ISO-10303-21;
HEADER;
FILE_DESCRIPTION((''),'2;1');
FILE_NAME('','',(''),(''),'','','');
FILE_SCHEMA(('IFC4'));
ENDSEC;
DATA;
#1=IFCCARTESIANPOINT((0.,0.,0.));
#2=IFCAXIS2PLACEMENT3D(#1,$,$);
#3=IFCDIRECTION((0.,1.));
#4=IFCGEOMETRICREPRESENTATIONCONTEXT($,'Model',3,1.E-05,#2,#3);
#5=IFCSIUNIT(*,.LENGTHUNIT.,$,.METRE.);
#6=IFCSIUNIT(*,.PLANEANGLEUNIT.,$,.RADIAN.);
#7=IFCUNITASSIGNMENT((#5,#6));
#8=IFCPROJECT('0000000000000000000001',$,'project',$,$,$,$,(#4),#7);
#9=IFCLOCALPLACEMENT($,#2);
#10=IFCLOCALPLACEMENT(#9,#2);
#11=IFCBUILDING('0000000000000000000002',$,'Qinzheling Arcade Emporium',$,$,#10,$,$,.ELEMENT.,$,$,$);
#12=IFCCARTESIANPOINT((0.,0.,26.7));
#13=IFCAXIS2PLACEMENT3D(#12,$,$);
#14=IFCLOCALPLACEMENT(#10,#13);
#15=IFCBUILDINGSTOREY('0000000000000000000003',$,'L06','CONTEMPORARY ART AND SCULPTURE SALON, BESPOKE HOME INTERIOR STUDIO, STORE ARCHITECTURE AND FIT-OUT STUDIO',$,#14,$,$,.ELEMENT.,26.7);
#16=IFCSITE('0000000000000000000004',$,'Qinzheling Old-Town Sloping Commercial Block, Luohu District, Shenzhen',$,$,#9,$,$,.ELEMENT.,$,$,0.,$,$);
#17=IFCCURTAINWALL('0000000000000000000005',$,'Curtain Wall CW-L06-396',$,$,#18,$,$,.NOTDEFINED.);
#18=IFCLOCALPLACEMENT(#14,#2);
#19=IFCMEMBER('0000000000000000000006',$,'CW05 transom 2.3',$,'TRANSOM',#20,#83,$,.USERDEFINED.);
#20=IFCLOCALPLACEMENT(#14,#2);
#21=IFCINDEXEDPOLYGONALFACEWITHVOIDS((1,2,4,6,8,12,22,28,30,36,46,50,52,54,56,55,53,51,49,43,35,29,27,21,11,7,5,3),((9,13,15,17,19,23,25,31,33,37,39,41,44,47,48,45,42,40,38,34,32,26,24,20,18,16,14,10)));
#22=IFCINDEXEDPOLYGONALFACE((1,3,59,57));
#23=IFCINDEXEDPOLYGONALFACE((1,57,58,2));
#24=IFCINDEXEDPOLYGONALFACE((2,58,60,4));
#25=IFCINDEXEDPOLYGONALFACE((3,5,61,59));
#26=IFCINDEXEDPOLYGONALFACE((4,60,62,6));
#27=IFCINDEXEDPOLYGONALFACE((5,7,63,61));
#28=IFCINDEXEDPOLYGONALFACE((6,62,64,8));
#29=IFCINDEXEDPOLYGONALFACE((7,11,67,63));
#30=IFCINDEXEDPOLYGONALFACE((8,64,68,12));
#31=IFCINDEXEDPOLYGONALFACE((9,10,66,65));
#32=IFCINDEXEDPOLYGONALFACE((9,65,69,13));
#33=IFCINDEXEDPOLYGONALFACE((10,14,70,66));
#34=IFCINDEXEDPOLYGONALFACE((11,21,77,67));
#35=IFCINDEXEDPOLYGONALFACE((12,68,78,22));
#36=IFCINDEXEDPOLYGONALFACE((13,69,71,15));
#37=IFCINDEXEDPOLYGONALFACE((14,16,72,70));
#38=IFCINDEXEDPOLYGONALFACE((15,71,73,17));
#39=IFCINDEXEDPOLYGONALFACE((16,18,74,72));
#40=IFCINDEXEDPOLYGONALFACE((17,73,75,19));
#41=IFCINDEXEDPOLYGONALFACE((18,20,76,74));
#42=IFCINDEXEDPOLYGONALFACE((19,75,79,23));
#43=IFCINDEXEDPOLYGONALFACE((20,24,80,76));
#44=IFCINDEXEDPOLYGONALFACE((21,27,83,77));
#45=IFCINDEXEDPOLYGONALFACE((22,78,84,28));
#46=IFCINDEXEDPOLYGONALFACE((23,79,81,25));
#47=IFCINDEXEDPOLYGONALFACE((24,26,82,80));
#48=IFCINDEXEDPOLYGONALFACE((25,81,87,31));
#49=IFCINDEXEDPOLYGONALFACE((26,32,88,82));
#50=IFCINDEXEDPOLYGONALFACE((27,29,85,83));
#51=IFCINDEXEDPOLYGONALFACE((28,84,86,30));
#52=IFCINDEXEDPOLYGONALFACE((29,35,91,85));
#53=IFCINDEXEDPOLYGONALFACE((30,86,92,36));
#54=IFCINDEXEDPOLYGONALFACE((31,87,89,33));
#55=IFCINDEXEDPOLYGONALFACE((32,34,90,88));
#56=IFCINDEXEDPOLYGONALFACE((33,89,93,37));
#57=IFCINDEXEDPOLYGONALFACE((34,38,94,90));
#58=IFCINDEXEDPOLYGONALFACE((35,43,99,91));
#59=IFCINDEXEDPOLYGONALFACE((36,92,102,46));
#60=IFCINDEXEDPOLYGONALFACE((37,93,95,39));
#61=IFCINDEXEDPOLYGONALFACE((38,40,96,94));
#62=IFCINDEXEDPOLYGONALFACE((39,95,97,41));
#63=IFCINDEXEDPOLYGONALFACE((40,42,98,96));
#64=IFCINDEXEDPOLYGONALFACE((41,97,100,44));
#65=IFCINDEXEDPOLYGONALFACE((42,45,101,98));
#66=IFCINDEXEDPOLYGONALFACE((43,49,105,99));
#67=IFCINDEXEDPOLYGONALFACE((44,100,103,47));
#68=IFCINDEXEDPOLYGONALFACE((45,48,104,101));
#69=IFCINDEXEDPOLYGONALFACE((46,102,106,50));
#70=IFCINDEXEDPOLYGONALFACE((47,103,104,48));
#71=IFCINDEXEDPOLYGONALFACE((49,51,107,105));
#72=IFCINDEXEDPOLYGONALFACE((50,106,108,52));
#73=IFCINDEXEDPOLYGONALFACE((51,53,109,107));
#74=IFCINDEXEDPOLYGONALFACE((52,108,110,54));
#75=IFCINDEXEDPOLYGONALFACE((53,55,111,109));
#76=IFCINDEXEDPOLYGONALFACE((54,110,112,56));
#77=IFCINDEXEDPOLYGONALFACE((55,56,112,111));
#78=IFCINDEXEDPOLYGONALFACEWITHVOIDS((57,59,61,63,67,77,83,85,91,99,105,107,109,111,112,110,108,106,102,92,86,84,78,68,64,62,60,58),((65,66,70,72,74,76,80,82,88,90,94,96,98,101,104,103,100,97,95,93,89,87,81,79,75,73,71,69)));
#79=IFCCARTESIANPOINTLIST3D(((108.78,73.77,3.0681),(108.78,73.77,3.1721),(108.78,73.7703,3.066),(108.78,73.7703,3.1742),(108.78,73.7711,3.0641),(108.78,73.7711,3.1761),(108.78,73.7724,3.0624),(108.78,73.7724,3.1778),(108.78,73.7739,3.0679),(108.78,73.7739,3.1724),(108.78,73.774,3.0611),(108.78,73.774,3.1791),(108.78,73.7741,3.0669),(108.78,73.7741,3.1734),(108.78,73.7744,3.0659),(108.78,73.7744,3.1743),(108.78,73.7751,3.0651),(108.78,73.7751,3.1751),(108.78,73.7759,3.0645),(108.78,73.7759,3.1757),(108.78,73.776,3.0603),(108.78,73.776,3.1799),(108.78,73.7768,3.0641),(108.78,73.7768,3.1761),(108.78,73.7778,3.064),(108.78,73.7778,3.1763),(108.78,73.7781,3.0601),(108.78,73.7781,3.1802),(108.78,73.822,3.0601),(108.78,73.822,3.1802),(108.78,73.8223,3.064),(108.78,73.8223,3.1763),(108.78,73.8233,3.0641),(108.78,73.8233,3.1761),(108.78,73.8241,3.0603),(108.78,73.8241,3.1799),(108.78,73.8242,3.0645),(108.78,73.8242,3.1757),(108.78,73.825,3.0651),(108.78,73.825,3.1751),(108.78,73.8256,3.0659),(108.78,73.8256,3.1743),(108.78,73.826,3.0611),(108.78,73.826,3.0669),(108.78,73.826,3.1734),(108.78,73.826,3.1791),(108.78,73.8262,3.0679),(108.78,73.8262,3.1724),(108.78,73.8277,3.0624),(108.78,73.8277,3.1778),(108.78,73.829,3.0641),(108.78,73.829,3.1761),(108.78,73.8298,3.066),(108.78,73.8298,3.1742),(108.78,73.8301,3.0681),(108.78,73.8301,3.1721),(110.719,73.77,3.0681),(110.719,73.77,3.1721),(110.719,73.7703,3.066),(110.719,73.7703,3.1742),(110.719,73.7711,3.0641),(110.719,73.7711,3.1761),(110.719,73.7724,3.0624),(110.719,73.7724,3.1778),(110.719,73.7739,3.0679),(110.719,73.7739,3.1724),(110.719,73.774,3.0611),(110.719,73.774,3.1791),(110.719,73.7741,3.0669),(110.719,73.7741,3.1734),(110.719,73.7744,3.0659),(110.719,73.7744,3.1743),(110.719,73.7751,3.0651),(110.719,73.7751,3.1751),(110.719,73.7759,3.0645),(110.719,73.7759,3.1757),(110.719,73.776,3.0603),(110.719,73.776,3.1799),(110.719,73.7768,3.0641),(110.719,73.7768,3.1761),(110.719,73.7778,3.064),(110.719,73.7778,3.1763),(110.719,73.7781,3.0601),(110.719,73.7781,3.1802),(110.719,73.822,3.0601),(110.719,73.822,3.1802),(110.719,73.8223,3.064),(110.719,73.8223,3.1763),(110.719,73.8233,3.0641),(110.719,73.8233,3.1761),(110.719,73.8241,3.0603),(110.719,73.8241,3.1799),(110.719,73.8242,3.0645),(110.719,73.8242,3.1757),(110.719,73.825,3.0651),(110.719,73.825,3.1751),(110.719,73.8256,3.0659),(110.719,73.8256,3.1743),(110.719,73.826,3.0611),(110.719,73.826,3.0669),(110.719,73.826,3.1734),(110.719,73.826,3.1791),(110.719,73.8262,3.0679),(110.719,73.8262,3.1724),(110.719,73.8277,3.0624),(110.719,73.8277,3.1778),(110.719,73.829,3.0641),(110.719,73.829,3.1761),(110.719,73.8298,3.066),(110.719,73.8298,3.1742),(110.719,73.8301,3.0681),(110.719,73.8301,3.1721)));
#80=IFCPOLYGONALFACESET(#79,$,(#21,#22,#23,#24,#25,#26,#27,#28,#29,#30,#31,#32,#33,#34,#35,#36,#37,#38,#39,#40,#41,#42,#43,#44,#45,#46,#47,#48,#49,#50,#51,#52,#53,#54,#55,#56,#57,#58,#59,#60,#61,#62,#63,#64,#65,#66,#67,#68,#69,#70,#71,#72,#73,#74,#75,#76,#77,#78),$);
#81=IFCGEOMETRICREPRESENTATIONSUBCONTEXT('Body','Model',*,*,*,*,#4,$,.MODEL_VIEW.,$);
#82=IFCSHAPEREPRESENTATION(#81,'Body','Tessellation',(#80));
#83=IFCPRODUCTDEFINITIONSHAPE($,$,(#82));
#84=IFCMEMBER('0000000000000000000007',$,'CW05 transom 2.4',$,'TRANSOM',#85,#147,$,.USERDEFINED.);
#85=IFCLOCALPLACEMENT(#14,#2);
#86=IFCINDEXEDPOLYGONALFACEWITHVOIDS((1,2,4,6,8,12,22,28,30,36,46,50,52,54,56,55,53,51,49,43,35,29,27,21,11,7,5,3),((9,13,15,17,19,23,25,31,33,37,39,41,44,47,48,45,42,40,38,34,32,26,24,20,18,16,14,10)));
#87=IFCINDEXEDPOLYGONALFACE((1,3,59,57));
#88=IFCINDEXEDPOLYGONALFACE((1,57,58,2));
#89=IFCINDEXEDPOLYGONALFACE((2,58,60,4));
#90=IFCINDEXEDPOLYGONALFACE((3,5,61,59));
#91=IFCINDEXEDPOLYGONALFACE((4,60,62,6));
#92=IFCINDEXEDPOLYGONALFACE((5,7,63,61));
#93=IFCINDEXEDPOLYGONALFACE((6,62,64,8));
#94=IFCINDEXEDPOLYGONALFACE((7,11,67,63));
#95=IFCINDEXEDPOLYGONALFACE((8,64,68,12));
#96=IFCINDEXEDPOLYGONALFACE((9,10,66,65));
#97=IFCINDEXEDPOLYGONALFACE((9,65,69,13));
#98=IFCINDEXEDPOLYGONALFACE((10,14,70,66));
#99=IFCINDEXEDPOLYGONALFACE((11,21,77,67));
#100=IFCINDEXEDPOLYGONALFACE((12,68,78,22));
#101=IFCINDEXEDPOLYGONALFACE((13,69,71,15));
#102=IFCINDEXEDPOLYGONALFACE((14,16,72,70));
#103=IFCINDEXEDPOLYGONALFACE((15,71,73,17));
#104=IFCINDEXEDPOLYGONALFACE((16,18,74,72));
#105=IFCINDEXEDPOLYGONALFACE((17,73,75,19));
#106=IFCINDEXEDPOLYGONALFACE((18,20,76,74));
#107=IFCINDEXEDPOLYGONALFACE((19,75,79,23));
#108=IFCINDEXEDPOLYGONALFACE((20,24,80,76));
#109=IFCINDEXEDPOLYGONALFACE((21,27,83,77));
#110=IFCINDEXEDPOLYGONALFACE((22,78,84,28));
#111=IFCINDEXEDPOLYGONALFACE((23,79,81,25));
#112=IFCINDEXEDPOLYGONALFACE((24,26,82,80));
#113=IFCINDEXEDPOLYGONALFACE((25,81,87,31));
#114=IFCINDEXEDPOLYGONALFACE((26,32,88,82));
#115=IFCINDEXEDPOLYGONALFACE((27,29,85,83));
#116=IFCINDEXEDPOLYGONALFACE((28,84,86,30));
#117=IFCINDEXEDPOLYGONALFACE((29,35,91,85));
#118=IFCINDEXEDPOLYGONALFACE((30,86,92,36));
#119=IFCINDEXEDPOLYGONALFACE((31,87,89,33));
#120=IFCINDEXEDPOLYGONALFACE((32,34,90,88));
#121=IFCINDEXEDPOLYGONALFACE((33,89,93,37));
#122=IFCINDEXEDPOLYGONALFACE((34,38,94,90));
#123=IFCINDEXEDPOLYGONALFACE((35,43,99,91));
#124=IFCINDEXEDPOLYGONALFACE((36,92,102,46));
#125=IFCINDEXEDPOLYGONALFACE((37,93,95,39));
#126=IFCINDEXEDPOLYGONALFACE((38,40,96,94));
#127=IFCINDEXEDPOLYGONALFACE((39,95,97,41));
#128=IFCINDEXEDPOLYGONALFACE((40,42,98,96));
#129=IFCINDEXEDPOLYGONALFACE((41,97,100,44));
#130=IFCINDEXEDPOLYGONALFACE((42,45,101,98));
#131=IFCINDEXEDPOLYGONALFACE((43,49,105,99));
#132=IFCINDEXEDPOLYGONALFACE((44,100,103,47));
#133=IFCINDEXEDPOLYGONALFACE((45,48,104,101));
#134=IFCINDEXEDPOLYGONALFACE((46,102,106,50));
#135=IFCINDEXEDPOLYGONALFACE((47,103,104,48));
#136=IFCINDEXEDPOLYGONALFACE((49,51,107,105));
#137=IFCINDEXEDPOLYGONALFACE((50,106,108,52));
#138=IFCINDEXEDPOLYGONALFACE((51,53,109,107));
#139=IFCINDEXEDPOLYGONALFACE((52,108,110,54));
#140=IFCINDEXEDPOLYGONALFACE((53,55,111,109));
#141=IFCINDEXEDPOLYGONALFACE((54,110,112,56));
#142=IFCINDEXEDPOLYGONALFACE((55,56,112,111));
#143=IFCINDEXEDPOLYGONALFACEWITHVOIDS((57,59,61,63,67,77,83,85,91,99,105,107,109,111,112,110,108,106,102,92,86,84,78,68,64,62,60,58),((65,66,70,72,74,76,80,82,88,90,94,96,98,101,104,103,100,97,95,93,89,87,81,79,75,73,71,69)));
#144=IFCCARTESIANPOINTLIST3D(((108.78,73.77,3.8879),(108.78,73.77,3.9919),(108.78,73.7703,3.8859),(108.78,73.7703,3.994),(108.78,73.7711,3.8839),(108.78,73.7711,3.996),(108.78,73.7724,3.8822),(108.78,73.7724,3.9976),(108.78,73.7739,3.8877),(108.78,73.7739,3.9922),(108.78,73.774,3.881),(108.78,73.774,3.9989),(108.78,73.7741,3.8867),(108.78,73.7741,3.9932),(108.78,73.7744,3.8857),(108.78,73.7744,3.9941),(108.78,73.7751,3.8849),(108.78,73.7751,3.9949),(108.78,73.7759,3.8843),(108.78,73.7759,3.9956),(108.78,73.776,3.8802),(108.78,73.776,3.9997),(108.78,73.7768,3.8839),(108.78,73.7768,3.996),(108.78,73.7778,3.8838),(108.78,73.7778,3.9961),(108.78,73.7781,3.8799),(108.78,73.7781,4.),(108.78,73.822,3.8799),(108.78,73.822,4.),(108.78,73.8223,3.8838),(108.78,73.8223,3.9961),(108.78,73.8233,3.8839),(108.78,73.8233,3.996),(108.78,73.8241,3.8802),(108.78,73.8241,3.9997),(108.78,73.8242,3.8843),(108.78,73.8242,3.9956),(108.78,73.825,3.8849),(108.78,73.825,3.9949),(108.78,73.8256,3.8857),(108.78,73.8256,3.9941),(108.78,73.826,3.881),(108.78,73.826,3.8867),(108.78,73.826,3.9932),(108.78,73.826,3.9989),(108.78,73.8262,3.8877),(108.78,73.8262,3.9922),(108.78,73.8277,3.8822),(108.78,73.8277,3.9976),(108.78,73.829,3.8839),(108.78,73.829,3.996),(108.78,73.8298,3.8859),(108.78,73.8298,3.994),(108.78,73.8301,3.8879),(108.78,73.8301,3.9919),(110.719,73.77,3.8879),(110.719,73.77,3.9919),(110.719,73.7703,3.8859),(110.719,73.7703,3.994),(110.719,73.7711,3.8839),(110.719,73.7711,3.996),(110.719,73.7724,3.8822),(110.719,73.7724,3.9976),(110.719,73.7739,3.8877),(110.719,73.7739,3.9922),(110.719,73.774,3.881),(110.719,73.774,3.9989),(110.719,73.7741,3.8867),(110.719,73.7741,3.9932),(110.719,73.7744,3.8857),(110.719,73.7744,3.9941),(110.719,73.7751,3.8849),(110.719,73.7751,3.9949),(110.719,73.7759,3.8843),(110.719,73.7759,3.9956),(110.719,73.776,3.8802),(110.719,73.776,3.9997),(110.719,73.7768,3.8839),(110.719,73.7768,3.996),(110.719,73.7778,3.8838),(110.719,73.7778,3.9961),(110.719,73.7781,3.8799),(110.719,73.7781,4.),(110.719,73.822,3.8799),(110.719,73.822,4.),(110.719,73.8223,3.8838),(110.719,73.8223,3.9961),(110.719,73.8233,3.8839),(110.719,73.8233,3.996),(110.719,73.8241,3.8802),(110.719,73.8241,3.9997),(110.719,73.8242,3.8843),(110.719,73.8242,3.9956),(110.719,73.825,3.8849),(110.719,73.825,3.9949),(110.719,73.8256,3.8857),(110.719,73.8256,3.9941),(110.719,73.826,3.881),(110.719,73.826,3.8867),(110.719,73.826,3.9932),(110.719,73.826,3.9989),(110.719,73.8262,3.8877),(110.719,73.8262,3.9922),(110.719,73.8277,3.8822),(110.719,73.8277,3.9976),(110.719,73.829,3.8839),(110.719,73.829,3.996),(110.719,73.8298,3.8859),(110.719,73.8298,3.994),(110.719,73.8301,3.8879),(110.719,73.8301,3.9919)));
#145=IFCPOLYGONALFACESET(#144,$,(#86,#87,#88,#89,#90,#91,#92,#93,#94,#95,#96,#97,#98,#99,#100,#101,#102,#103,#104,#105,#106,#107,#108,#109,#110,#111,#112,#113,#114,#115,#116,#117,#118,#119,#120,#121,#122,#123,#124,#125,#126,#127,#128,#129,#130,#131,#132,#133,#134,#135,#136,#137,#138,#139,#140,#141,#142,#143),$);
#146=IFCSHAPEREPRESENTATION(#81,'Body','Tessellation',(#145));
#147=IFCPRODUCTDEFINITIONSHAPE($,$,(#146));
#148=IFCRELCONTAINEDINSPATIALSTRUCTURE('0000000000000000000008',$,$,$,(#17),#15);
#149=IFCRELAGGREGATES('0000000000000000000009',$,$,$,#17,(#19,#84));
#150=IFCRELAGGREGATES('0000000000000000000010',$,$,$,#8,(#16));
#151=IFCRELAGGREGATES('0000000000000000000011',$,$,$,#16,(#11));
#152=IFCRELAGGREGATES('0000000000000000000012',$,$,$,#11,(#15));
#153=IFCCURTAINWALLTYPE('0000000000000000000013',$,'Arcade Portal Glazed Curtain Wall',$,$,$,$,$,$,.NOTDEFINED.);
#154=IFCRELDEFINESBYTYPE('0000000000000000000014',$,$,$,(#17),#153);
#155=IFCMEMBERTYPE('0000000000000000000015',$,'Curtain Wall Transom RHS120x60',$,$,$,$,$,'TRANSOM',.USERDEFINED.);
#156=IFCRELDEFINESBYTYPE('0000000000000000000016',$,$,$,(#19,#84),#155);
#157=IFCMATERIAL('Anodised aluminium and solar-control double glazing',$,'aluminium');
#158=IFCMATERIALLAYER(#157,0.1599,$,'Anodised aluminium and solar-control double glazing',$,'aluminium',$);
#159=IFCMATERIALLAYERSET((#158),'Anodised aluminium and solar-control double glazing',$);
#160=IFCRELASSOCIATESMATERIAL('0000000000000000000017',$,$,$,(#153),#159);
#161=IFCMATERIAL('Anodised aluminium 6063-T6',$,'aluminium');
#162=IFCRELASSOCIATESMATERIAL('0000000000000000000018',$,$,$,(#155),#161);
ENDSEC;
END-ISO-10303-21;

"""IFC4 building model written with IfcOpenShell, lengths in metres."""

from ifc_helpers import new_model, si_unit, direction, frame, origin, origin_2d, place, context, subcontext, project, spatial, hollow_rectangle, extrude, material, layer, layer_set, material_profile, profile_set, type_object, element, aggregate, save


model = new_model("IFC4")

# Units and contexts
model_context = context("Model", 3, precision=1e-05, world=origin(), true_north=direction((0.0, 1.0)))
body_context = subcontext(model_context, "Body", "Model", "MODEL_VIEW")
ifc_project = project(units=[si_unit("LENGTHUNIT", "METRE"), si_unit("PLANEANGLEUNIT", "RADIAN")], contexts=[model_context])

# Site, building, storey
site_placement = place(None, origin())
site = spatial("IfcSite", under=ifc_project, at=site_placement, Name="Qinzheling Old-Town Sloping Commercial Block, Luohu District, Shenzhen", CompositionType="ELEMENT", RefElevation=0.0)
building_placement = place(site_placement, origin())
building = spatial("IfcBuilding", under=site, at=building_placement, Name="Qinzheling Arcade Emporium", CompositionType="ELEMENT")
storey_placement = place(building_placement, frame((0.0, 0.0, 26.7)))
storey = spatial("IfcBuildingStorey", under=building, at=storey_placement, Name="L06", Description="CONTEMPORARY ART AND SCULPTURE SALON, BESPOKE HOME INTERIOR STUDIO, STORE ARCHITECTURE AND FIT-OUT STUDIO", CompositionType="ELEMENT", Elevation=26.7)

# Curtain wall, members
ifc_material_1 = material(Name="Anodised aluminium and solar-control double glazing", Category="aluminium")
ifc_layer_1 = layer(ifc_material_1, 0.1599, Name="Anodised aluminium and solar-control double glazing", Category="aluminium")
ifc_layer_set_1 = layer_set([ifc_layer_1], Name="Anodised aluminium and solar-control double glazing")
curtain_wall_type = type_object("IfcCurtainWallType", Name="Arcade Portal Glazed Curtain Wall", PredefinedType="NOTDEFINED", material=ifc_layer_set_1)
curtain_wall_placement = place(storey_placement, origin())
curtain_wall = element("IfcCurtainWall", 1, at=curtain_wall_placement, inside=storey, type_object=curtain_wall_type, Name="Curtain Wall CW-L06-396", PredefinedType="NOTDEFINED")
ifc_material_2 = material(Name="Anodised aluminium 6063-T6", Category="aluminium")
ifc_material_profile_1 = material_profile(ifc_material_2, hollow_rectangle(XDim=0.0601, YDim=0.1201, WallThickness=0.0039, InnerFilletRadius=0.0039, OuterFilletRadius=0.0081, at=origin_2d()), Name="RHS 120x60x4", Category="aluminium")
ifc_profile_set_1 = profile_set([ifc_material_profile_1], Name="Anodised aluminium 6063-T6")
member_type_1 = type_object("IfcMemberType", Name="Curtain Wall Transom RHS120x60", ElementType="TRANSOM", PredefinedType="USERDEFINED", material=ifc_profile_set_1)
member_1_placement = place(storey_placement, frame((110.719, 73.8, 3.1201), z_axis=(-1.0, 0.0, 0.0), x_axis=(0.0, -1.0, 0.0)))
member_1 = element("IfcMember", 2, at=member_1_placement, type_object=member_type_1, Name="CW05 transom 2.3", ObjectType="TRANSOM", PredefinedType="USERDEFINED", context=body_context, shape_type="SweptSolid", body=[
    extrude(hollow_rectangle(XDim=0.0601, YDim=0.1201, WallThickness=0.0039, InnerFilletRadius=0.0039, OuterFilletRadius=0.0081, at=origin_2d()), origin(), (0.0, 0.0, 1.0), 1.939),
])
member_2_placement = place(storey_placement, frame((110.719, 73.8, 3.9399), z_axis=(-1.0, 0.0, 0.0), x_axis=(0.0, -1.0, 0.0)))
member_2 = element("IfcMember", 3, at=member_2_placement, type_object=member_type_1, Name="CW05 transom 2.4", ObjectType="TRANSOM", PredefinedType="USERDEFINED", context=body_context, shape_type="SweptSolid", body=[
    extrude(hollow_rectangle(XDim=0.0601, YDim=0.1201, WallThickness=0.0039, InnerFilletRadius=0.0039, OuterFilletRadius=0.0081, at=origin_2d()), origin(), (0.0, 0.0, 1.0), 1.939),
])
aggregate(curtain_wall, [member_1, member_2])

save(model, "model.ifc")
